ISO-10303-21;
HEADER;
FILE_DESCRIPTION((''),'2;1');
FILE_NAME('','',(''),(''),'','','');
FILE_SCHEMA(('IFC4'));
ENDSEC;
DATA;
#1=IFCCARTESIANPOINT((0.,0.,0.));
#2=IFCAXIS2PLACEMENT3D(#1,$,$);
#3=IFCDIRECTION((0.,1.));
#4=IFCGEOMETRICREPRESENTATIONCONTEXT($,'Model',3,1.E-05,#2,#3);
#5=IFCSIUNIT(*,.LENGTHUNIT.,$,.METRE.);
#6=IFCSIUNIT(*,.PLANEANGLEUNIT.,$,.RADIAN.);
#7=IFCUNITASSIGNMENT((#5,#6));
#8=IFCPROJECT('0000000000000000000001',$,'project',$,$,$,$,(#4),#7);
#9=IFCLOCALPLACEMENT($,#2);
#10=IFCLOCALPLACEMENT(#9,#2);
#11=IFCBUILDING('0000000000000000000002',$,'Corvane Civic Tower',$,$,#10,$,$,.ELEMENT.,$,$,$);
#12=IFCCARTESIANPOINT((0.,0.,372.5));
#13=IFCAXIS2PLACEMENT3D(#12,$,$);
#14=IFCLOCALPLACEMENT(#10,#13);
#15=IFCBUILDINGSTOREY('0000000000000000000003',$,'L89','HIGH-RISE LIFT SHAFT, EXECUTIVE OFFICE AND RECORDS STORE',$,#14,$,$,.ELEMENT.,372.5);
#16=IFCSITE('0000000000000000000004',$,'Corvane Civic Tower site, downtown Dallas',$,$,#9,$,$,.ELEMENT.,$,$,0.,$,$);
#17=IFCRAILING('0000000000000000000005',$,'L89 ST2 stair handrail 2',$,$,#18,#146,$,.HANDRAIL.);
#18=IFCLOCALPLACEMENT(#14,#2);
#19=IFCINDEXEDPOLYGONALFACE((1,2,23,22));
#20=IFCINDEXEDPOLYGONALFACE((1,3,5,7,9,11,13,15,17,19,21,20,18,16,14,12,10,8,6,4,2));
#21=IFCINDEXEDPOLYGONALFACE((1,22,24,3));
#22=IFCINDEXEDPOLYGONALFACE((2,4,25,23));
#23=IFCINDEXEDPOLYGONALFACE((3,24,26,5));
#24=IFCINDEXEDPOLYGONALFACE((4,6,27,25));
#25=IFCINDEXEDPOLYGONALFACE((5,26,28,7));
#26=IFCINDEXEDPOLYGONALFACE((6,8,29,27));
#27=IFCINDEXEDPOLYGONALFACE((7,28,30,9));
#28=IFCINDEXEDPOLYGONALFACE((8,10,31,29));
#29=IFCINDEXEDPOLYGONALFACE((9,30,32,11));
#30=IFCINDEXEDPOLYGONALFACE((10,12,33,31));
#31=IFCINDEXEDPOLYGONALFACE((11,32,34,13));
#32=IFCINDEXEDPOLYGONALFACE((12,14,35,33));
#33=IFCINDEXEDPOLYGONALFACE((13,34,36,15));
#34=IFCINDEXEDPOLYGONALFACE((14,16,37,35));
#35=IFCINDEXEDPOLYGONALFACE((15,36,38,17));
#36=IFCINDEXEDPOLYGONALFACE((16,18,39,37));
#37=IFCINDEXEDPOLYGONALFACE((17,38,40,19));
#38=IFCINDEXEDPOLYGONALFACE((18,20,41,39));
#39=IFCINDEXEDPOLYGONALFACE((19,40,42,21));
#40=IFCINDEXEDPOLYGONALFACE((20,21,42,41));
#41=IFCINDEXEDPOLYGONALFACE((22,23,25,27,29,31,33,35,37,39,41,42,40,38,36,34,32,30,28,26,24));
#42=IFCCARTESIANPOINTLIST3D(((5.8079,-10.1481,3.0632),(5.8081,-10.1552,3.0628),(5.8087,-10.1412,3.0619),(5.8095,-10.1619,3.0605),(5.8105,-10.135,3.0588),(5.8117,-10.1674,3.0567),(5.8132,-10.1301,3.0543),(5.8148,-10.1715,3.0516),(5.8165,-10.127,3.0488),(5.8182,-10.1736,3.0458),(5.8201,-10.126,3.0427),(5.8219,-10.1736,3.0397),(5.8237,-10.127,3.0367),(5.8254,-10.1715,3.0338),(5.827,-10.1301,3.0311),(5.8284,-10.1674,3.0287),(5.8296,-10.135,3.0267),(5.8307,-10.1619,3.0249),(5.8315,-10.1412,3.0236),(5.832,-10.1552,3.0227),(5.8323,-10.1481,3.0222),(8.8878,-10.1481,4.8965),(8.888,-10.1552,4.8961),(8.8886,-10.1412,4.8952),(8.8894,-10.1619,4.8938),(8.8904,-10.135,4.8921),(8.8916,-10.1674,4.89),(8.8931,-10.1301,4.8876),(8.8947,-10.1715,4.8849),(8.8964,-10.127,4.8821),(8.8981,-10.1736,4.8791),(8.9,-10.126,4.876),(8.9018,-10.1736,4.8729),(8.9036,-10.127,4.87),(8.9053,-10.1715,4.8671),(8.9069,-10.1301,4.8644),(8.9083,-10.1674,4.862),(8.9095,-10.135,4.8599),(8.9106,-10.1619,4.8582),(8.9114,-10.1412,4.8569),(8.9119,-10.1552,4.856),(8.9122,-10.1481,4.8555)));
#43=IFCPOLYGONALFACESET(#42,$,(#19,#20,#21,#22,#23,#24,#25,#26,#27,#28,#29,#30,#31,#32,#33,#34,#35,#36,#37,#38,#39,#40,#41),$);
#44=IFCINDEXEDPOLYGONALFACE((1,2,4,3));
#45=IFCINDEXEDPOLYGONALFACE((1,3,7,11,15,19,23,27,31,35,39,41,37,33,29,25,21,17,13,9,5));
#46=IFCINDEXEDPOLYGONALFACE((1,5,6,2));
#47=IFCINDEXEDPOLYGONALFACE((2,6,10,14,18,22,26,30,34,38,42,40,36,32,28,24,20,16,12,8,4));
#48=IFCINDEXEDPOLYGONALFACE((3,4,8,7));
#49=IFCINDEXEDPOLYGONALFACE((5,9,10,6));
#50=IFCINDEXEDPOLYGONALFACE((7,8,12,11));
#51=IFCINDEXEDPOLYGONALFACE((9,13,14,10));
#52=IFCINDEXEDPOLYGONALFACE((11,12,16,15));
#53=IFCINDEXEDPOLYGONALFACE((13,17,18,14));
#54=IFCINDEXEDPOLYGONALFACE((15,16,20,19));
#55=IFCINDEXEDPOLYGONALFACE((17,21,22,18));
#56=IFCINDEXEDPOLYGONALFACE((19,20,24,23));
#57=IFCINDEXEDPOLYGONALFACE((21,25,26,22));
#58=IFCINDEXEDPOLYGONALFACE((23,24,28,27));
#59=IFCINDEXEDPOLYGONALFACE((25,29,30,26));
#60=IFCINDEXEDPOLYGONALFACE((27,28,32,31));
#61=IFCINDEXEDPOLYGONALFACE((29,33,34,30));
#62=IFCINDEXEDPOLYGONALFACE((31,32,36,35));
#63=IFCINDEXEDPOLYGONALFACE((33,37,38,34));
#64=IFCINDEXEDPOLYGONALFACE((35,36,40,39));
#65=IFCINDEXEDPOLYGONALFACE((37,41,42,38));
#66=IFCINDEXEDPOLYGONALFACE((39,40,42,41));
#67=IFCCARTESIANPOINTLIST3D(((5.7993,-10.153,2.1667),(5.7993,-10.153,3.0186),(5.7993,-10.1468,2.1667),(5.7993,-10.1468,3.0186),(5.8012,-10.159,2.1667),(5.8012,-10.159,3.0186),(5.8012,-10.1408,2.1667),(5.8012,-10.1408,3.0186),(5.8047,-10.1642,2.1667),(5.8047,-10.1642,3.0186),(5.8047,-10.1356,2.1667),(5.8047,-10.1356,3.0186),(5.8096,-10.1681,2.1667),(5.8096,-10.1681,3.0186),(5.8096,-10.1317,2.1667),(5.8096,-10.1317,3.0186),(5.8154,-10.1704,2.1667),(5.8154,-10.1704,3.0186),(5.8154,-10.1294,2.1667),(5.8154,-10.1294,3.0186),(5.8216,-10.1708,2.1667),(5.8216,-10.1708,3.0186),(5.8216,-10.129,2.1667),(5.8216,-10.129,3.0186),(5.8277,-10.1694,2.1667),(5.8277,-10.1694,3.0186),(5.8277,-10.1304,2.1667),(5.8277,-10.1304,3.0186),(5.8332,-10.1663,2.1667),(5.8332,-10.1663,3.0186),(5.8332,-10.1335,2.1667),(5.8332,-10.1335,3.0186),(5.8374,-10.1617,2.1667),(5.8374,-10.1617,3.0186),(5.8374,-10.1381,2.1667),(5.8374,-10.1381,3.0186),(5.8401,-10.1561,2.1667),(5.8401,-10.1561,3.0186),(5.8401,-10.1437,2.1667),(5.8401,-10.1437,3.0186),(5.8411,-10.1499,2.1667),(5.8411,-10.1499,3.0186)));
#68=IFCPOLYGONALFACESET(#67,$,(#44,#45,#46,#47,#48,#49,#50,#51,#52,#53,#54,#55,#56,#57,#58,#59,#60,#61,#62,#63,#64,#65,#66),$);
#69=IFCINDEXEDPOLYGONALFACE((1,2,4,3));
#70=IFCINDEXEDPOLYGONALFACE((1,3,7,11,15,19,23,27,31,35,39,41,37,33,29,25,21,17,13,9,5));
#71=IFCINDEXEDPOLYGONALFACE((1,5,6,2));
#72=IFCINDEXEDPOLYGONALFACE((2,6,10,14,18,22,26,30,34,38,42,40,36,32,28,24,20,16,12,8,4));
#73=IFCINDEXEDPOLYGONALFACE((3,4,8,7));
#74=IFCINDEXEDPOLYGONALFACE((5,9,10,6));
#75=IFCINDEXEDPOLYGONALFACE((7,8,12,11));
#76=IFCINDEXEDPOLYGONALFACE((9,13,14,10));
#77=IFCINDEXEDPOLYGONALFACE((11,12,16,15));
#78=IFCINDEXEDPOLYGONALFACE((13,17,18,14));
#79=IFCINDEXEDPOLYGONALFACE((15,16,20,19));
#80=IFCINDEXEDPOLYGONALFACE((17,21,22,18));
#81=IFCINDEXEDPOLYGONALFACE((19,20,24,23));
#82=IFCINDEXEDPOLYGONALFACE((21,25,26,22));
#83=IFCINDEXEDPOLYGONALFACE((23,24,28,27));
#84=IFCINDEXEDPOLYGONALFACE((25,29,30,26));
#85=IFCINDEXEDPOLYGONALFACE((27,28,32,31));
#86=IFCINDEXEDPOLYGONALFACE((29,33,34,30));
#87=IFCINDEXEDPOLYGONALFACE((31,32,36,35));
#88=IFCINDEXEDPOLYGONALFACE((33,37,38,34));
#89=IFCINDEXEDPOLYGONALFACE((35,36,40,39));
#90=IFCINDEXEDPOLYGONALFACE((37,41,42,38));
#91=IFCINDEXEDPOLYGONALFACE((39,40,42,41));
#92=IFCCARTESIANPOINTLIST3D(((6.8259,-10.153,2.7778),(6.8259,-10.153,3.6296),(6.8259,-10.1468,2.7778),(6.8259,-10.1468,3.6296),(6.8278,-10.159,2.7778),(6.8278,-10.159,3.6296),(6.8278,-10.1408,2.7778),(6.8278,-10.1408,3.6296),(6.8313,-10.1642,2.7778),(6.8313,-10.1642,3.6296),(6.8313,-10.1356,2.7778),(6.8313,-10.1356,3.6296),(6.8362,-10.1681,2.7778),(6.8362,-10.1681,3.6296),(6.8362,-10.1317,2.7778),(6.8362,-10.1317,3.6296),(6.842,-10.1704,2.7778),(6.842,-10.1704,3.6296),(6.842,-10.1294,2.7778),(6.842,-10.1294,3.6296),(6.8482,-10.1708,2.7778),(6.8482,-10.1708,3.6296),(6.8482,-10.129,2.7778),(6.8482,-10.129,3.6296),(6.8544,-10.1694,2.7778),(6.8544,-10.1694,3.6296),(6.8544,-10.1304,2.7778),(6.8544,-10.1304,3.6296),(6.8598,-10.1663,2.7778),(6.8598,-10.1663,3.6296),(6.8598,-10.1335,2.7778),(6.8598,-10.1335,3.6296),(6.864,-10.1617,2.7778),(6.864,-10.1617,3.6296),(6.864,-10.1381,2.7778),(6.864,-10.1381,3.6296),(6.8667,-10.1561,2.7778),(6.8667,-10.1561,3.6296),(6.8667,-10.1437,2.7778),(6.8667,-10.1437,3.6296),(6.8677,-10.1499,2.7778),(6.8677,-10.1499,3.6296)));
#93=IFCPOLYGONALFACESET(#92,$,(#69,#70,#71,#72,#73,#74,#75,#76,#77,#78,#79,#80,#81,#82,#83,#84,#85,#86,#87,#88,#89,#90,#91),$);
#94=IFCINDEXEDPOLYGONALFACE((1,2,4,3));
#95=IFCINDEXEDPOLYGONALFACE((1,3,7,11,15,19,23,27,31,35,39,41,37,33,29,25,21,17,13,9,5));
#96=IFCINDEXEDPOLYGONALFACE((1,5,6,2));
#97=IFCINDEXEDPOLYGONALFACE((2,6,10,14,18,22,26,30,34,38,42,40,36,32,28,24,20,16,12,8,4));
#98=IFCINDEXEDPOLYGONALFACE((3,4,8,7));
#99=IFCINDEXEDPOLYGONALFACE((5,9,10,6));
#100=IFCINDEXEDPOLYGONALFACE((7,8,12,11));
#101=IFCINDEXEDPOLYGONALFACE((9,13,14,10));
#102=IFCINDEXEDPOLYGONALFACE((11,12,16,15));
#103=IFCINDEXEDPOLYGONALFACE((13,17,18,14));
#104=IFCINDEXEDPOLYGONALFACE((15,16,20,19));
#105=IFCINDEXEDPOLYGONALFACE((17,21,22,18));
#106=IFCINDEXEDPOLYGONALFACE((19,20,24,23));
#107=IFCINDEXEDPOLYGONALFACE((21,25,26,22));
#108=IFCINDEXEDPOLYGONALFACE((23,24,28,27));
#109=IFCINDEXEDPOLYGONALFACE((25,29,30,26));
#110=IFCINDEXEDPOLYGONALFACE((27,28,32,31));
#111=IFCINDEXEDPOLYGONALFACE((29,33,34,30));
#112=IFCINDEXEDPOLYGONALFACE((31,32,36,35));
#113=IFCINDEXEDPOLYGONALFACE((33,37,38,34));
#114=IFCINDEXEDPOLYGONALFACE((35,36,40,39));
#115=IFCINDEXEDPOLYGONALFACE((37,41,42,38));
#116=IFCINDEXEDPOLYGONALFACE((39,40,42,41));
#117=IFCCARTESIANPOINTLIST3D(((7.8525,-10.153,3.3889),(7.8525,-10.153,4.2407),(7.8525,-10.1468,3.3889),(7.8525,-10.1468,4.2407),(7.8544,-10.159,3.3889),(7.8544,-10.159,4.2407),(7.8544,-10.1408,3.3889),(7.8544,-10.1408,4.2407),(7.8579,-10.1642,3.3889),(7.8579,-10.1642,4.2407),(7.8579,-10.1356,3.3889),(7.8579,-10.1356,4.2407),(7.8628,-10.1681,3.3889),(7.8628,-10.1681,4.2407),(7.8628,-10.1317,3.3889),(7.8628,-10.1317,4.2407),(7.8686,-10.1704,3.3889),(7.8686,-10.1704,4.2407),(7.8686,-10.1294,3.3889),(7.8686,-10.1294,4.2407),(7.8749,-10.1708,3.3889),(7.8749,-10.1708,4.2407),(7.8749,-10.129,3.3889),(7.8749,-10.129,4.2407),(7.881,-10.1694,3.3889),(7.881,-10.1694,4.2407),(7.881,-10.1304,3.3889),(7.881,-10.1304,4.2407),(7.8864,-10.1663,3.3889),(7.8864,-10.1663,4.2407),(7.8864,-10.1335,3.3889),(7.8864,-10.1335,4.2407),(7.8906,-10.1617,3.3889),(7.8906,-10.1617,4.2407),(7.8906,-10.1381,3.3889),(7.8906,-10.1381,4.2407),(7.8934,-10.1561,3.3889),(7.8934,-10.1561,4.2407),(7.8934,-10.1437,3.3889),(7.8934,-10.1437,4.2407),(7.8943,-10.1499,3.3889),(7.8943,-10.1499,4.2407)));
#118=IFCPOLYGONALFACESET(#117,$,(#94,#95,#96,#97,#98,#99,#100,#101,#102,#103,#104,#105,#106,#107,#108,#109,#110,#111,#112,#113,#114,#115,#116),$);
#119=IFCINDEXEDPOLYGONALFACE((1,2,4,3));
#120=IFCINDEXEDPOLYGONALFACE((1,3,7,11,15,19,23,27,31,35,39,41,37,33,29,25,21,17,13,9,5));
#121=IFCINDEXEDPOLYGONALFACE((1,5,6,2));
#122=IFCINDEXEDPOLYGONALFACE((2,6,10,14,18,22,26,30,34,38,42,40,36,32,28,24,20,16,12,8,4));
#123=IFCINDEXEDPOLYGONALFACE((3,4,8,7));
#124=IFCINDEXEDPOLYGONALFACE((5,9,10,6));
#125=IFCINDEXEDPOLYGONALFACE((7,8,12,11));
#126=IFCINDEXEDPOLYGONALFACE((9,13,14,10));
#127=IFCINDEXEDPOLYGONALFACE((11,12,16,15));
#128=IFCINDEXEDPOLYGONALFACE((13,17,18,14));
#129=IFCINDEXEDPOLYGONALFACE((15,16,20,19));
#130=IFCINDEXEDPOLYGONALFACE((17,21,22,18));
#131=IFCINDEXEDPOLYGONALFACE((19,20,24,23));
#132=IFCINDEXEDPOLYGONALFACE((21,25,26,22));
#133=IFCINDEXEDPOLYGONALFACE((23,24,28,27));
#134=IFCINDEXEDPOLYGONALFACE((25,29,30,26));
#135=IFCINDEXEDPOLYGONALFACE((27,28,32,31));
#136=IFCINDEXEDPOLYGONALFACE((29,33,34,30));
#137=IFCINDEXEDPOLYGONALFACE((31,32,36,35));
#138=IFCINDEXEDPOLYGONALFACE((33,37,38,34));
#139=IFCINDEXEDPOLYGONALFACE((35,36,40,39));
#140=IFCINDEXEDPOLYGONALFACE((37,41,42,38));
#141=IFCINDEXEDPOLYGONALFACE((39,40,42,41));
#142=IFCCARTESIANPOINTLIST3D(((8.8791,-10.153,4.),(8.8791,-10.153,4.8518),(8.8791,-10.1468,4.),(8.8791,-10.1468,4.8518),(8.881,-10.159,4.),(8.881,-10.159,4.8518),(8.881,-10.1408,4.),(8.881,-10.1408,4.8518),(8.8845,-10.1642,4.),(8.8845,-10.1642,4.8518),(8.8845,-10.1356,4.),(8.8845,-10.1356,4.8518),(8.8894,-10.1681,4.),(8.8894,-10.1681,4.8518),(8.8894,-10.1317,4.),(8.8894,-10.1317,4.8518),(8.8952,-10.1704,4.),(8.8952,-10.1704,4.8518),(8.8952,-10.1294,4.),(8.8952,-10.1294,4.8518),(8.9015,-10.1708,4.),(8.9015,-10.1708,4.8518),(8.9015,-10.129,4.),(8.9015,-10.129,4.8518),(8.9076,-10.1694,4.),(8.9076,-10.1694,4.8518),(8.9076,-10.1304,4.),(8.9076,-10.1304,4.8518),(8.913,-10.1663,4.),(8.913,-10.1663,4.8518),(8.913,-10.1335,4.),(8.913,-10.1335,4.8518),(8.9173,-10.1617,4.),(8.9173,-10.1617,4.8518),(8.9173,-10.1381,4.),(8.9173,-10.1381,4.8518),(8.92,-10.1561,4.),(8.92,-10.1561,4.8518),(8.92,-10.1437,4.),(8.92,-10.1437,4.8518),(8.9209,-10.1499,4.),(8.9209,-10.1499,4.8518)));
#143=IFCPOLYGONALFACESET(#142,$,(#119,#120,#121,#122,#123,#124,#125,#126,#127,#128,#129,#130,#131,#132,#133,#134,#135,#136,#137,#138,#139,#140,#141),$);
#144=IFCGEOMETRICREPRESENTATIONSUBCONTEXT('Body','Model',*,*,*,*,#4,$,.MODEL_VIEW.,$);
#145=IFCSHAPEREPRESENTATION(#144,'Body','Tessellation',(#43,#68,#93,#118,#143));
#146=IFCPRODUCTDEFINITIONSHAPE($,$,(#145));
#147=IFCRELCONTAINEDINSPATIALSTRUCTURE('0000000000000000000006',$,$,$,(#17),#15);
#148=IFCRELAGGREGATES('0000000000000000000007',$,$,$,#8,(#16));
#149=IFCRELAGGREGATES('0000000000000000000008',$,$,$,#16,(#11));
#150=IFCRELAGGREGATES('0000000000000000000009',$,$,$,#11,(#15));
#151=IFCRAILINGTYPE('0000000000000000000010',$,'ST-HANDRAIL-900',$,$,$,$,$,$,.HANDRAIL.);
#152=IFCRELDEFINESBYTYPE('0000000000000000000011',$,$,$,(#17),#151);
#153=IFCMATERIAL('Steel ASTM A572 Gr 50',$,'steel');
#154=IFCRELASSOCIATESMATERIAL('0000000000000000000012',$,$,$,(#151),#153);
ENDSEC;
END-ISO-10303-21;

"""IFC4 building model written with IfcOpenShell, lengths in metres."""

from ifc_helpers import new_model, si_unit, direction, frame, origin, origin_2d, place, context, subcontext, project, spatial, circle, extrude, material, type_object, element, save


model = new_model("IFC4")

# Units and contexts
model_context = context("Model", 3, precision=1e-05, world=origin(), true_north=direction((0.0, 1.0)))
body_context = subcontext(model_context, "Body", "Model", "MODEL_VIEW")
ifc_project = project(units=[si_unit("LENGTHUNIT", "METRE"), si_unit("PLANEANGLEUNIT", "RADIAN")], contexts=[model_context])

# Site, building, storey
site_placement = place(None, origin())
site = spatial("IfcSite", under=ifc_project, at=site_placement, Name="Corvane Civic Tower site, downtown Dallas", CompositionType="ELEMENT", RefElevation=0.0)
building_placement = place(site_placement, origin())
building = spatial("IfcBuilding", under=site, at=building_placement, Name="Corvane Civic Tower", CompositionType="ELEMENT")
storey_placement = place(building_placement, frame((0.0, 0.0, 372.5)))
storey = spatial("IfcBuildingStorey", under=building, at=storey_placement, Name="L89", Description="HIGH-RISE LIFT SHAFT, EXECUTIVE OFFICE AND RECORDS STORE", CompositionType="ELEMENT", Elevation=372.5)

# Railing
ifc_material_1 = material(Name="Steel ASTM A572 Gr 50", Category="steel")
railing_type = type_object("IfcRailingType", Name="ST-HANDRAIL-900", PredefinedType="HANDRAIL", material=ifc_material_1)
railing_placement = place(storey_placement, frame((5.8201, -10.1499, 2.1667)))
element("IfcRailing", 1, at=railing_placement, inside=storey, type_object=railing_type, Name="L89 ST2 stair handrail 2", PredefinedType="HANDRAIL", context=body_context, shape_type="SweptSolid", body=[
    extrude(circle(Radius=0.0239, at=origin_2d()), frame((0.0, 0.0, 0.876), z_axis=(0.859291, 0.0, 0.511487), x_axis=(0.0, 1.0, 0.0)), (0.0, 0.0, 1.0), 3.5842),
    extrude(circle(Radius=0.021, at=origin_2d()), origin(), (0.0, 0.0, 1.0), 0.8518),
    extrude(circle(Radius=0.021, at=origin_2d()), frame((1.0266, 0.0, 0.6111)), (0.0, 0.0, 1.0), 0.8518),
    extrude(circle(Radius=0.021, at=origin_2d()), frame((2.0532, 0.0, 1.2222)), (0.0, 0.0, 1.0), 0.8518),
    extrude(circle(Radius=0.021, at=origin_2d()), frame((3.0798, 0.0, 1.8333)), (0.0, 0.0, 1.0), 0.8518),
])

save(model, "model.ifc")
